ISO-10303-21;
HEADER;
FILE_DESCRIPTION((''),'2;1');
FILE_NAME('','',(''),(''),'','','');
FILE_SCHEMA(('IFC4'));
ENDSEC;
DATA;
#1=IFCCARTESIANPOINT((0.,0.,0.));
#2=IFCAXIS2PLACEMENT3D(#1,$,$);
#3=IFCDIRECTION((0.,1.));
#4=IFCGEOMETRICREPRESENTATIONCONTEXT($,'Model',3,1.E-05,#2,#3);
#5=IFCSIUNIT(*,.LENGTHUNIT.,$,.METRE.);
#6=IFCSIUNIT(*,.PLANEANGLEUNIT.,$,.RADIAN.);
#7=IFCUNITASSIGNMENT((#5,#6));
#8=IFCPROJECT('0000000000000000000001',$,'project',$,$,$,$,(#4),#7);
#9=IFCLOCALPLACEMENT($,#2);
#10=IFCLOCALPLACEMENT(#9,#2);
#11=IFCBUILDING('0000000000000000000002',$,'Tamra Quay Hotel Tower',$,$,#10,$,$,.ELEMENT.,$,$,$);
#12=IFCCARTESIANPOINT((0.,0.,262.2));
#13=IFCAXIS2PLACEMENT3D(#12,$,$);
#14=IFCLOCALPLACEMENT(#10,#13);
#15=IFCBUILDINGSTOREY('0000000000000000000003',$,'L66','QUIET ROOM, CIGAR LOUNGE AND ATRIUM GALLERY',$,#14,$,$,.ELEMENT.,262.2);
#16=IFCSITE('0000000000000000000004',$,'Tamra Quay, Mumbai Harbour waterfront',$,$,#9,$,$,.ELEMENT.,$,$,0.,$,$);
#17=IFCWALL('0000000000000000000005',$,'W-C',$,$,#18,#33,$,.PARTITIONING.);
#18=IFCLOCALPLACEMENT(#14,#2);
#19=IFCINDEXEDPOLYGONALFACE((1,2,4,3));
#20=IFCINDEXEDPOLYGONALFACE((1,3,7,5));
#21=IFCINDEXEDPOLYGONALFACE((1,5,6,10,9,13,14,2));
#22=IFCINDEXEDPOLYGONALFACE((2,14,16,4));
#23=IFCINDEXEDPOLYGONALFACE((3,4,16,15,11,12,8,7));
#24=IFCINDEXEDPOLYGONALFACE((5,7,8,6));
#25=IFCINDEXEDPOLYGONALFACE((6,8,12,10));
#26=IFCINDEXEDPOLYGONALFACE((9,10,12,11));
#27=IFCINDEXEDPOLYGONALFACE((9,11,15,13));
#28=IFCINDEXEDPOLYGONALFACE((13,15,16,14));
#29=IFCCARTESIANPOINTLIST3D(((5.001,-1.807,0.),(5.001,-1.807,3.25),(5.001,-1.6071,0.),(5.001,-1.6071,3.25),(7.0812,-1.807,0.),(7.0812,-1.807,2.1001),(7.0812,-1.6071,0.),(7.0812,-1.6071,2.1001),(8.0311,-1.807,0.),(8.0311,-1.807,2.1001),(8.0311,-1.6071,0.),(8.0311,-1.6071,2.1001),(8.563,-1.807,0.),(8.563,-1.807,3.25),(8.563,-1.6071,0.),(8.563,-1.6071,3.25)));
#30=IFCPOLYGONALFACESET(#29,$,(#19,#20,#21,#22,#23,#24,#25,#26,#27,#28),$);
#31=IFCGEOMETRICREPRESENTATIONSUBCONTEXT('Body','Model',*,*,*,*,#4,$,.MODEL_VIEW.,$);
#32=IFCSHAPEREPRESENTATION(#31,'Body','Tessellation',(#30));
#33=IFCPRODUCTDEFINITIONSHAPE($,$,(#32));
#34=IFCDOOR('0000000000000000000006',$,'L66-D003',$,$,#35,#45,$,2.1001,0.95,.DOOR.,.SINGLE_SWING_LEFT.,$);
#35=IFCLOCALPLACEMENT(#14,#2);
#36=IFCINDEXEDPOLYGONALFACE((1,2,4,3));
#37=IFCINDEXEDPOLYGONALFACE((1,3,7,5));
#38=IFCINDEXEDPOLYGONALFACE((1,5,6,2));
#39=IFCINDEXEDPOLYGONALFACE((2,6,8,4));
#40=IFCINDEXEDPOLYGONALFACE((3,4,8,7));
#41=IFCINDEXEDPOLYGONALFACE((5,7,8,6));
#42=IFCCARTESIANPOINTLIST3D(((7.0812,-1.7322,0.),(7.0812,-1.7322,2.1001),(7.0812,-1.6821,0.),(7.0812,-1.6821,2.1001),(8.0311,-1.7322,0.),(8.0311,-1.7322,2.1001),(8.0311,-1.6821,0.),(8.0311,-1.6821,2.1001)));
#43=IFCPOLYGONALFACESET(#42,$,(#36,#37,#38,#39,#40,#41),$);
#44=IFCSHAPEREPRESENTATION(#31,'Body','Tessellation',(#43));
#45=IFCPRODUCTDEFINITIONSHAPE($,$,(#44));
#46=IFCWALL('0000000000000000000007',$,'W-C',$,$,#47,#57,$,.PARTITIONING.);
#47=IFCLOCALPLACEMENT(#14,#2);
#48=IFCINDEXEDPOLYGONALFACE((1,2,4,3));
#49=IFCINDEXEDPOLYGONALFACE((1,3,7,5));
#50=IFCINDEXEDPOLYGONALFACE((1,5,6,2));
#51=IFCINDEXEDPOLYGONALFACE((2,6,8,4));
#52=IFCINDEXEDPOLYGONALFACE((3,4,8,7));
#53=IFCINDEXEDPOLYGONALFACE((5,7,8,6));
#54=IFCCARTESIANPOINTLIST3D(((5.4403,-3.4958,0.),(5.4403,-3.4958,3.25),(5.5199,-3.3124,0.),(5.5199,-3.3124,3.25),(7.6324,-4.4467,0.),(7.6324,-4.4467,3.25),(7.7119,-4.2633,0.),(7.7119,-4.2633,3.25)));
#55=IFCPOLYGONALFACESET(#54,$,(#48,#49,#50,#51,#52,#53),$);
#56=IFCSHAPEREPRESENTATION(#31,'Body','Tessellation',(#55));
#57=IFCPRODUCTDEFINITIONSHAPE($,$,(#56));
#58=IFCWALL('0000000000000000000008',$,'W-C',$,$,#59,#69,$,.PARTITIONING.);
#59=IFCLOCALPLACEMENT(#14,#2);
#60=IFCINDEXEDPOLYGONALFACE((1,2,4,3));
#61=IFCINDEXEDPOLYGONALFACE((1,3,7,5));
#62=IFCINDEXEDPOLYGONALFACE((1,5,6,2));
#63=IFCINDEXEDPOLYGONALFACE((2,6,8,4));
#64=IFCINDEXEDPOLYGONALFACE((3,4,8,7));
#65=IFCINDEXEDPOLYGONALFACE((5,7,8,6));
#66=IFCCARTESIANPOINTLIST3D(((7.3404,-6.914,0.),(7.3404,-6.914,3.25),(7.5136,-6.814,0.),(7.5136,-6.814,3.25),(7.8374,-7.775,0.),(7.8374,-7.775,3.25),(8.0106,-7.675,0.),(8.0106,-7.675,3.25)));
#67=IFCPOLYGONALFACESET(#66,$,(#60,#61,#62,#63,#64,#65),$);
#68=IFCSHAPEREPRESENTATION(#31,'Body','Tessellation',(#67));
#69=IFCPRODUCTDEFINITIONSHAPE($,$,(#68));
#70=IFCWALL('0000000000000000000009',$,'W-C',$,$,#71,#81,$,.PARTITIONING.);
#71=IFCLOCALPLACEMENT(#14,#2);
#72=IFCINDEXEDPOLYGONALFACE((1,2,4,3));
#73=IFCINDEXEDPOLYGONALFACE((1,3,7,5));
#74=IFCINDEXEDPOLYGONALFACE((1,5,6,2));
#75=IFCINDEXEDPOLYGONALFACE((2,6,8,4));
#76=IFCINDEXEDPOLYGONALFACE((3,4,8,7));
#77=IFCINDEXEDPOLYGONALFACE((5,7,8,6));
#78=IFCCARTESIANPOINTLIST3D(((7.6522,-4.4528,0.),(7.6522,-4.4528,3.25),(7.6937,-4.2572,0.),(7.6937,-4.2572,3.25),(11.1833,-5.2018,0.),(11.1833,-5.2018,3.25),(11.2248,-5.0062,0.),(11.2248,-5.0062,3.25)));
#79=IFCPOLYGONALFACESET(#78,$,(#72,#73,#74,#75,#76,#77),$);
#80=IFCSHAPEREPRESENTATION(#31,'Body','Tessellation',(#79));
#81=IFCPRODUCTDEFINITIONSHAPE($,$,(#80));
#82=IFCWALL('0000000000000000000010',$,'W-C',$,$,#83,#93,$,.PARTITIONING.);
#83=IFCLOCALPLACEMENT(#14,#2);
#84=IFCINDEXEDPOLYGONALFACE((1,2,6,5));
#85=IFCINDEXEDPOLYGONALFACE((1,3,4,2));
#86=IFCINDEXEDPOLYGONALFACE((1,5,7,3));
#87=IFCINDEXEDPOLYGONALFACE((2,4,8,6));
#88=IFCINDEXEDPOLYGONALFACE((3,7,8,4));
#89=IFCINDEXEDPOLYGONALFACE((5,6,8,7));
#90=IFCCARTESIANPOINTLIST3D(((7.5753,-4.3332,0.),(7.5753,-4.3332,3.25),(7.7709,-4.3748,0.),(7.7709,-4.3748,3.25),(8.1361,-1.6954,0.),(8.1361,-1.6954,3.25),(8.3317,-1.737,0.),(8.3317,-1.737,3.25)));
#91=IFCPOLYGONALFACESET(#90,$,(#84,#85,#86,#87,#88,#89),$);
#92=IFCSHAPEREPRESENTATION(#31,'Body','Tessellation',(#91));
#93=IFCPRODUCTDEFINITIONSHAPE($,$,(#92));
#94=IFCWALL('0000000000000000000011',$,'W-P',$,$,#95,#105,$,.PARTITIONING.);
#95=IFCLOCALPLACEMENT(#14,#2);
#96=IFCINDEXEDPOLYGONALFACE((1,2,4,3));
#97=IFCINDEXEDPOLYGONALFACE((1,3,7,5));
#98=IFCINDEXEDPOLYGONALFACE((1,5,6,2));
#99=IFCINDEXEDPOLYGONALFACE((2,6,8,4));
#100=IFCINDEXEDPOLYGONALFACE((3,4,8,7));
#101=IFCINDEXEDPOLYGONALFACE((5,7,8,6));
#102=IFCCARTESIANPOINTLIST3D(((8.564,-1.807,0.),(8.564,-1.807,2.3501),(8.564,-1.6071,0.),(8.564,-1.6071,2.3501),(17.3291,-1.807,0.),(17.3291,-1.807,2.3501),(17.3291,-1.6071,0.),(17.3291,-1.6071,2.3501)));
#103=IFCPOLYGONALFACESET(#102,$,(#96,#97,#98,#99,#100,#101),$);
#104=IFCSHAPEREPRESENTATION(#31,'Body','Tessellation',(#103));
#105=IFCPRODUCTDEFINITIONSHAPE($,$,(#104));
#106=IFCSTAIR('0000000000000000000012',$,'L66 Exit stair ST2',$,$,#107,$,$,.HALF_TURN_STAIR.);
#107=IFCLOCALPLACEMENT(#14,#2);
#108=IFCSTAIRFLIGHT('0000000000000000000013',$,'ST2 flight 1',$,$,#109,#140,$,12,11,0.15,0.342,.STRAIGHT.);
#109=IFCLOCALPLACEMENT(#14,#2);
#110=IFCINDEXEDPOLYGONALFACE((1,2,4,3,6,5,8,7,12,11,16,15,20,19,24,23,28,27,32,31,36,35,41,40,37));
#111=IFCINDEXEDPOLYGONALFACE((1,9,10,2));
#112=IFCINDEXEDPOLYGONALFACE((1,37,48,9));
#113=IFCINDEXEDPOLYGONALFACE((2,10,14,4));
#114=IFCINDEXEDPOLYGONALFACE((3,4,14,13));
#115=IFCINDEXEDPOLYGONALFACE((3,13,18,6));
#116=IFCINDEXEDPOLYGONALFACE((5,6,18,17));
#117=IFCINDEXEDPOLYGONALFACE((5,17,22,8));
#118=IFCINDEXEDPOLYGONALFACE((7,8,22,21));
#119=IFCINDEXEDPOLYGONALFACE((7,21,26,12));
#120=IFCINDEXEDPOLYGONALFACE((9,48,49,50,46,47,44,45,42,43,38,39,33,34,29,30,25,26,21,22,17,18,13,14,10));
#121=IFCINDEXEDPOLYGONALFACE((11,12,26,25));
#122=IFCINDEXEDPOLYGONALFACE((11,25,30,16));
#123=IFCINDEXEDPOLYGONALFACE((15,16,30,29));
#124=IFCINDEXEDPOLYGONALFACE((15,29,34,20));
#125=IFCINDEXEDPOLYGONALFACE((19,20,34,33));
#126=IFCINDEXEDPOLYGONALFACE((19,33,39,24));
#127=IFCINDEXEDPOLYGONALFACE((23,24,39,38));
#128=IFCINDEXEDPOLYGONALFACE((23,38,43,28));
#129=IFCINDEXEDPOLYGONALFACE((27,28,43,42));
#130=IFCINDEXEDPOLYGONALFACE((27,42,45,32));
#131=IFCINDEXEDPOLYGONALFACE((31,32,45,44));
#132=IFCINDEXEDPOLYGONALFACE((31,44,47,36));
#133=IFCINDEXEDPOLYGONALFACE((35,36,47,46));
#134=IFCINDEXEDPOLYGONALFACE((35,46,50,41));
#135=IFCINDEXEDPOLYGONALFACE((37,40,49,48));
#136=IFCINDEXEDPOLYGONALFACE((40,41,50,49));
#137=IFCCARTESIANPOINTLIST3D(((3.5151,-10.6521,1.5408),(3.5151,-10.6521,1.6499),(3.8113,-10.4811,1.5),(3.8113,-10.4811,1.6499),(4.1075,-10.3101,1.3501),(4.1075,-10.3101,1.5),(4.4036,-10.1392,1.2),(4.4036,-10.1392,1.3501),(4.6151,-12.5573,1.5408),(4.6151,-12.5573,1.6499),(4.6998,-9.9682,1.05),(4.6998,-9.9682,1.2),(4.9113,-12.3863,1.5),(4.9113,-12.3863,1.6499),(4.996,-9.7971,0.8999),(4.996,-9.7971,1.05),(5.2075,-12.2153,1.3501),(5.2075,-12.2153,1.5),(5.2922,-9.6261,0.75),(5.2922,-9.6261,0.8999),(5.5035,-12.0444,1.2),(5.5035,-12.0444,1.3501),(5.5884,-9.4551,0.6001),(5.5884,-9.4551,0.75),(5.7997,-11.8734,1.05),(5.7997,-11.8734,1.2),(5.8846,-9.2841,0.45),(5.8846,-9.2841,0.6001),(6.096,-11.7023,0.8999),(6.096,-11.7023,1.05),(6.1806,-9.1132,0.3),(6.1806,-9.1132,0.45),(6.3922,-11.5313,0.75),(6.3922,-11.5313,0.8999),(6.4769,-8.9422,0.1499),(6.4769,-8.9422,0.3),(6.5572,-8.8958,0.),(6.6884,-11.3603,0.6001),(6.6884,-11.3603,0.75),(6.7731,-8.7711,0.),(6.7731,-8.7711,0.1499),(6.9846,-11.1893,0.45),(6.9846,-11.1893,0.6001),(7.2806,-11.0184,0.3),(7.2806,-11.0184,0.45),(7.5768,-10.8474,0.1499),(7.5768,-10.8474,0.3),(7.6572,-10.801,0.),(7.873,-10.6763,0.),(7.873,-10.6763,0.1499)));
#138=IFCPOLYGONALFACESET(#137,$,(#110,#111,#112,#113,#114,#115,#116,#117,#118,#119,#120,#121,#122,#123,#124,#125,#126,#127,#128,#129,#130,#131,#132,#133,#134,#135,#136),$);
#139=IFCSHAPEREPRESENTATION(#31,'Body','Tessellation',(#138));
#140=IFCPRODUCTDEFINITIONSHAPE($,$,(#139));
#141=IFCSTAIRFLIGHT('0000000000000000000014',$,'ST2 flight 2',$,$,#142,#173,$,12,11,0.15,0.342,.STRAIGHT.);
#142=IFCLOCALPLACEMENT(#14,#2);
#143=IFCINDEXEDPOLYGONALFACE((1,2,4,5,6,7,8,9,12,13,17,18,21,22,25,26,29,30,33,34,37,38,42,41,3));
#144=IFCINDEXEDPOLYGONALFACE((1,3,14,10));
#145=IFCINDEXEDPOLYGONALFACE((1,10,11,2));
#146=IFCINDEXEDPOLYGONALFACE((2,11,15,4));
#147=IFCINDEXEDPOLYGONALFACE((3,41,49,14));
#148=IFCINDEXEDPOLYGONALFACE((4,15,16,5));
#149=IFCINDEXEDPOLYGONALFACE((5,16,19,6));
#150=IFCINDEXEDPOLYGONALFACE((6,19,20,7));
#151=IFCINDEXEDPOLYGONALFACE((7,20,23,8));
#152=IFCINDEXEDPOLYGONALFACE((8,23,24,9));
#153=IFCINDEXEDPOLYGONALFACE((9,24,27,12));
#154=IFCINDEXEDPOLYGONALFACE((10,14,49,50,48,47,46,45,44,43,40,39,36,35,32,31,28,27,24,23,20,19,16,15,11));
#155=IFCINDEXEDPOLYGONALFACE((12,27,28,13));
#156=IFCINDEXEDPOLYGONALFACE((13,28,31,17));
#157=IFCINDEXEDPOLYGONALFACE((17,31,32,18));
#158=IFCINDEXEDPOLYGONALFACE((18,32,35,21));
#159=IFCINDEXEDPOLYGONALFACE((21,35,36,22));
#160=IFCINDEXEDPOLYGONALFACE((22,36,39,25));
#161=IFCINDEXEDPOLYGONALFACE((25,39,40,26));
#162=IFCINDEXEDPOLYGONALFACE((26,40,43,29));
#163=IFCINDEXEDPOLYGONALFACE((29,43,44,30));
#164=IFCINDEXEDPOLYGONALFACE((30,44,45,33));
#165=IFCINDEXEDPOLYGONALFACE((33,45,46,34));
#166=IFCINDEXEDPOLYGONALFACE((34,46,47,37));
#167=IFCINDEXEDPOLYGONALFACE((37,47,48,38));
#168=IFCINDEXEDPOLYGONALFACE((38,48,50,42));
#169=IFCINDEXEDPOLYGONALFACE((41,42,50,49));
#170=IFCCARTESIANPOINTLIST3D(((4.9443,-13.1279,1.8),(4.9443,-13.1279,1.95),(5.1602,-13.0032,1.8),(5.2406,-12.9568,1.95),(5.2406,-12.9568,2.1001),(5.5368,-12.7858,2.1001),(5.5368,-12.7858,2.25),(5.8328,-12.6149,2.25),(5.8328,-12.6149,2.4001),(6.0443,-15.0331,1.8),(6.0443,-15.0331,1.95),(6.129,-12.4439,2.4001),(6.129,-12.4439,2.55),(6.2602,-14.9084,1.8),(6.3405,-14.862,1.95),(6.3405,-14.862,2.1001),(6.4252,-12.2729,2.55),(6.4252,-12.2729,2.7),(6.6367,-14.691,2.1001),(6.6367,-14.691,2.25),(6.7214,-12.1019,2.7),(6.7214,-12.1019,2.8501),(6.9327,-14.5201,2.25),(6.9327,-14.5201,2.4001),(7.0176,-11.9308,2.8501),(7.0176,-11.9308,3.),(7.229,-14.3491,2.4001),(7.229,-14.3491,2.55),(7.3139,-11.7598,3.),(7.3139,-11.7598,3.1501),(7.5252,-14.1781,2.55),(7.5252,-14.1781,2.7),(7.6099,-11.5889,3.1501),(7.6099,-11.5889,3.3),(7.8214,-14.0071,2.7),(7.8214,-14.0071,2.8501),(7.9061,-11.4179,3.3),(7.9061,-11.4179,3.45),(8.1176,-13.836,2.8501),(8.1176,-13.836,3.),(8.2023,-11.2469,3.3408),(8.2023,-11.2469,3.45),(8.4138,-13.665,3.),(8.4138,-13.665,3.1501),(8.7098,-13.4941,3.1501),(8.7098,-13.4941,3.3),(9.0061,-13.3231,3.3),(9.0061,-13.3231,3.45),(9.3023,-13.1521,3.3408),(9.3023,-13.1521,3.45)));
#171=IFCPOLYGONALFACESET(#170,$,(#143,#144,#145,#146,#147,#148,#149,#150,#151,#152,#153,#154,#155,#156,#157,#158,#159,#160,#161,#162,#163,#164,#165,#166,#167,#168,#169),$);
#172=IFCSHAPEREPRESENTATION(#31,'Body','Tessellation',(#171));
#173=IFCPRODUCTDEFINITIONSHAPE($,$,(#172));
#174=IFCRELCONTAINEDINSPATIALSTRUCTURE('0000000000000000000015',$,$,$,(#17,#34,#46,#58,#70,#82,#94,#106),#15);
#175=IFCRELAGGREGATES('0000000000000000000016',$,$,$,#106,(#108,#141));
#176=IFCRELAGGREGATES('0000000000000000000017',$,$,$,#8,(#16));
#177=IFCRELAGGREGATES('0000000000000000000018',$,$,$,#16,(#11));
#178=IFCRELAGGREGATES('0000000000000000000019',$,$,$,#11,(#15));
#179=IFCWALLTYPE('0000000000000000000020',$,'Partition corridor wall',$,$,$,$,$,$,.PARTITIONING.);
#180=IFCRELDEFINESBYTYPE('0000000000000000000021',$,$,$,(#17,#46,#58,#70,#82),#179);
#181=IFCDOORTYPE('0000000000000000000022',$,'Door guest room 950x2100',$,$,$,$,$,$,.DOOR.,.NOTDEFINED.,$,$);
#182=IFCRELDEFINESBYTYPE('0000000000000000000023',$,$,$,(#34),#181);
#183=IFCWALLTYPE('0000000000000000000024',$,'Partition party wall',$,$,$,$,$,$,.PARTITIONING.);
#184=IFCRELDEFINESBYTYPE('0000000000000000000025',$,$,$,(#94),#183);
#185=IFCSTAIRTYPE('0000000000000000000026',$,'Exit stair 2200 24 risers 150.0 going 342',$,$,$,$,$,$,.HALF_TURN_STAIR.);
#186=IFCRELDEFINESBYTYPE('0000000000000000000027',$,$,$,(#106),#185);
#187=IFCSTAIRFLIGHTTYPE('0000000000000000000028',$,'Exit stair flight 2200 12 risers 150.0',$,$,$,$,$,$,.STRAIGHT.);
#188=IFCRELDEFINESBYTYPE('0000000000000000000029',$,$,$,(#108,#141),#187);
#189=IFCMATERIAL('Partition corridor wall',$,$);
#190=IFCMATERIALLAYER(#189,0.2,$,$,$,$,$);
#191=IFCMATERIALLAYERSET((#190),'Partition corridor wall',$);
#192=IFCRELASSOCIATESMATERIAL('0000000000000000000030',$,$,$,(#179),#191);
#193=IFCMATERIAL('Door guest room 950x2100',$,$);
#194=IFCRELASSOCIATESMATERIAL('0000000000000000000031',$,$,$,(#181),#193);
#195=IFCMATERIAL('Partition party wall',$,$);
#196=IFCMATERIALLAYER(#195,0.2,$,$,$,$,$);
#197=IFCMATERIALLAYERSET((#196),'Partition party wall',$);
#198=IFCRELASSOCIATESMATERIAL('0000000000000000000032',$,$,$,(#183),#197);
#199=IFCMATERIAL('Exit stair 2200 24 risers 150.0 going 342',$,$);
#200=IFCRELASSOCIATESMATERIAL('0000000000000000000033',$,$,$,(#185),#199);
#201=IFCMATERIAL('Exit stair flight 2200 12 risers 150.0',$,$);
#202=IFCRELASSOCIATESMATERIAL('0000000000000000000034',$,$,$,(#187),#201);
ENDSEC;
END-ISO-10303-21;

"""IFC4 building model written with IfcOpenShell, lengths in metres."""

from ifc_helpers import new_model, si_unit, direction, frame, frame_2d, origin, place, context, subcontext, project, spatial, polyline, rectangle, outline, extrude, material, layer, layer_set, type_object, element, fill, aggregate, save


model = new_model("IFC4")

# Units and contexts
model_context = context("Model", 3, precision=1e-05, world=origin(), true_north=direction((0.0, 1.0)))
body_context = subcontext(model_context, "Body", "Model", "MODEL_VIEW")
ifc_project = project(units=[si_unit("LENGTHUNIT", "METRE"), si_unit("PLANEANGLEUNIT", "RADIAN")], contexts=[model_context])

# Site, building, storey
site_placement = place(None, origin())
site = spatial("IfcSite", under=ifc_project, at=site_placement, Name="Tamra Quay, Mumbai Harbour waterfront", CompositionType="ELEMENT", RefElevation=0.0)
building_placement = place(site_placement, origin())
building = spatial("IfcBuilding", under=site, at=building_placement, Name="Tamra Quay Hotel Tower", CompositionType="ELEMENT")
storey_placement = place(building_placement, frame((0.0, 0.0, 262.2)))
storey = spatial("IfcBuildingStorey", under=building, at=storey_placement, Name="L66", Description="QUIET ROOM, CIGAR LOUNGE AND ATRIUM GALLERY", CompositionType="ELEMENT", Elevation=262.2)

# Shared definitions
ifc_material_1 = material(Name="Partition corridor wall")
ifc_layer_1 = layer(ifc_material_1, 0.2)
ifc_layer_set_1 = layer_set([ifc_layer_1], Name="Partition corridor wall")
wall_type_1 = type_object("IfcWallType", Name="Partition corridor wall", PredefinedType="PARTITIONING", material=ifc_layer_set_1)

# Wall, opening, door
wall_1_placement = place(storey_placement, frame((5.001, -1.707, 0.0), z_axis=(0.0, 0.0, 1.0), x_axis=(1.0, 0.0, 0.0)))
wall_1 = element("IfcWall", 1, at=wall_1_placement, inside=storey, type_object=wall_type_1, Name="W-C", PredefinedType="PARTITIONING", context=body_context, shape_type="SweptSolid", body=[
    extrude(rectangle(XDim=3.562, YDim=0.2, at=frame_2d((1.781, 0.0))), origin(), (0.0, 0.0, 1.0), 3.25),
])
opening_1_placement = place(wall_1_placement, frame((2.0801, 0.0, 0.0)))
opening_1 = element("IfcOpeningElement", 2, at=opening_1_placement, cuts=wall_1, PredefinedType="OPENING", context=body_context, shape_type="SweptSolid", body=[
    extrude(rectangle(XDim=0.95, YDim=2.1001, at=frame_2d((0.4751, 1.05))), frame((0.0, 0.1099, 0.0), z_axis=(0.0, -1.0, 0.0), x_axis=(1.0, 0.0, 0.0)), (0.0, 0.0, 1.0), 0.22),
])
ifc_material_2 = material(Name="Door guest room 950x2100")
door_type_1 = type_object("IfcDoorType", Name="Door guest room 950x2100", OperationType="NOTDEFINED", PredefinedType="DOOR", material=ifc_material_2)
door_1_placement = place(opening_1_placement, origin())
door_1 = element("IfcDoor", 3, at=door_1_placement, inside=storey, type_object=door_type_1, Name="L66-D003", OperationType="SINGLE_SWING_LEFT", OverallHeight=2.1001, OverallWidth=0.95, PredefinedType="DOOR", context=body_context, shape_type="SweptSolid", body=[
    extrude(rectangle(XDim=0.95, YDim=2.1001, at=frame_2d((0.4751, 1.05))), frame((0.0, 0.0249, 0.0), z_axis=(0.0, -1.0, 0.0), x_axis=(1.0, 0.0, 0.0)), (0.0, 0.0, 1.0), 0.05),
])
fill(opening_1, door_1)

# Walls
wall_2_placement = place(storey_placement, frame((5.48, -3.4041, 0.0), z_axis=(0.0, 0.0, 1.0), x_axis=(0.917403, -0.39796, 0.0)))
element("IfcWall", 4, at=wall_2_placement, inside=storey, type_object=wall_type_1, Name="W-C", PredefinedType="PARTITIONING", context=body_context, shape_type="SweptSolid", body=[
    extrude(rectangle(XDim=2.3894, YDim=0.2, at=frame_2d((1.1948, 0.0))), origin(), (0.0, 0.0, 1.0), 3.25),
])
wall_3_placement = place(storey_placement, frame((7.427, -6.864, 0.0), z_axis=(0.0, 0.0, 1.0), x_axis=(0.499942, -0.866059, 0.0)))
element("IfcWall", 5, at=wall_3_placement, inside=storey, type_object=wall_type_1, Name="W-C", PredefinedType="PARTITIONING", context=body_context, shape_type="SweptSolid", body=[
    extrude(rectangle(XDim=0.9941, YDim=0.2, at=frame_2d((0.4971, 0.0))), origin(), (0.0, 0.0, 1.0), 3.25),
])
wall_4_placement = place(storey_placement, frame((7.6731, -4.355, 0.0), z_axis=(0.0, 0.0, 1.0), x_axis=(0.978233, -0.20751, 0.0)))
element("IfcWall", 6, at=wall_4_placement, inside=storey, type_object=wall_type_1, Name="W-C", PredefinedType="PARTITIONING", context=body_context, shape_type="SweptSolid", body=[
    extrude(rectangle(XDim=3.6096, YDim=0.2, at=frame_2d((1.8047, 0.0))), origin(), (0.0, 0.0, 1.0), 3.25),
])
wall_5_placement = place(storey_placement, frame((7.6731, -4.354, 0.0), z_axis=(0.0, 0.0, 1.0), x_axis=(0.20794, 0.978142, 0.0)))
element("IfcWall", 7, at=wall_5_placement, inside=storey, type_object=wall_type_1, Name="W-C", PredefinedType="PARTITIONING", context=body_context, shape_type="SweptSolid", body=[
    extrude(rectangle(XDim=2.6968, YDim=0.2, at=frame_2d((1.3484, 0.0))), origin(), (0.0, 0.0, 1.0), 3.25),
])
ifc_material_3 = material(Name="Partition party wall")
ifc_layer_2 = layer(ifc_material_3, 0.2)
ifc_layer_set_2 = layer_set([ifc_layer_2], Name="Partition party wall")
wall_type_2 = type_object("IfcWallType", Name="Partition party wall", PredefinedType="PARTITIONING", material=ifc_layer_set_2)
wall_6_placement = place(storey_placement, frame((8.564, -1.707, 0.0), z_axis=(0.0, 0.0, 1.0), x_axis=(1.0, 0.0, 0.0)))
element("IfcWall", 8, at=wall_6_placement, inside=storey, type_object=wall_type_2, Name="W-P", PredefinedType="PARTITIONING", context=body_context, shape_type="SweptSolid", body=[
    extrude(rectangle(XDim=8.7651, YDim=0.2, at=frame_2d((4.3826, 0.0))), origin(), (0.0, 0.0, 1.0), 2.3501),
])

# Stair, stair flights
ifc_material_4 = material(Name="Exit stair 2200 24 risers 150.0 going 342")
stair_type = type_object("IfcStairType", Name="Exit stair 2200 24 risers 150.0 going 342", PredefinedType="HALF_TURN_STAIR", material=ifc_material_4)
stair_placement = place(storey_placement, origin())
stair = element("IfcStair", 9, at=stair_placement, inside=storey, type_object=stair_type, Name="L66 Exit stair ST2", PredefinedType="HALF_TURN_STAIR")
ifc_material_5 = material(Name="Exit stair flight 2200 12 risers 150.0")
stair_flight_type = type_object("IfcStairFlightType", Name="Exit stair flight 2200 12 risers 150.0", PredefinedType="STRAIGHT", material=ifc_material_5)
stair_flight_1_placement = place(storey_placement, frame((7.323, -9.7236, 0.0), z_axis=(0.0, 0.0, 1.0), x_axis=(-0.866025, -0.5, 0.0)))
stair_flight_1 = element("IfcStairFlight", 10, at=stair_flight_1_placement, type_object=stair_flight_type, Name="ST2 flight 1", NumberOfRisers=12, NumberOfTreads=11, PredefinedType="STRAIGHT", RiserHeight=0.15, TreadLength=0.342, context=body_context, shape_type="SweptSolid", body=[
    extrude(outline(polyline([(0.0, 0.0), (0.0, 0.1499), (0.342, 0.1499), (0.342, 0.3), (0.6841, 0.3), (0.6841, 0.45), (1.0259, 0.45), (1.0259, 0.6001), (1.3679, 0.6001), (1.3679, 0.75), (1.71, 0.75), (1.71, 0.8999), (2.052, 0.8999), (2.052, 1.05), (2.394, 1.05), (2.394, 1.2), (2.7361, 1.2), (2.7361, 1.3501), (3.0779, 1.3501), (3.0779, 1.5), (3.4199, 1.5), (3.4199, 1.6499), (3.762, 1.6499), (3.762, 1.8), (3.762, 1.5408), (0.2493, 0.0), (0.0, 0.0)])), frame((0.0, 1.1001, 0.0), z_axis=(0.0, -1.0, 0.0), x_axis=(1.0, 0.0, 0.0)), (0.0, 0.0, 1.0), 2.2),
])
stair_flight_2_placement = place(storey_placement, frame((5.4944, -14.0806, 1.8), z_axis=(0.0, 0.0, 1.0), x_axis=(0.866025, 0.5, 0.0)))
stair_flight_2 = element("IfcStairFlight", 11, at=stair_flight_2_placement, type_object=stair_flight_type, Name="ST2 flight 2", NumberOfRisers=12, NumberOfTreads=11, PredefinedType="STRAIGHT", RiserHeight=0.15, TreadLength=0.342, context=body_context, shape_type="SweptSolid", body=[
    extrude(outline(polyline([(0.0, 0.0), (0.0, 0.1499), (0.342, 0.1499), (0.342, 0.3), (0.6841, 0.3), (0.6841, 0.45), (1.0259, 0.45), (1.0259, 0.6001), (1.3679, 0.6001), (1.3679, 0.75), (1.71, 0.75), (1.71, 0.8999), (2.052, 0.8999), (2.052, 1.05), (2.394, 1.05), (2.394, 1.2), (2.7361, 1.2), (2.7361, 1.3501), (3.0779, 1.3501), (3.0779, 1.5), (3.4199, 1.5), (3.4199, 1.6499), (3.762, 1.6499), (3.762, 1.8), (3.762, 1.5408), (0.2493, 0.0), (0.0, 0.0)])), frame((0.0, 1.1001, 0.0), z_axis=(0.0, -1.0, 0.0), x_axis=(1.0, 0.0, 0.0)), (0.0, 0.0, 1.0), 2.2),
])
aggregate(stair, [stair_flight_1, stair_flight_2])

save(model, "model.ifc")
